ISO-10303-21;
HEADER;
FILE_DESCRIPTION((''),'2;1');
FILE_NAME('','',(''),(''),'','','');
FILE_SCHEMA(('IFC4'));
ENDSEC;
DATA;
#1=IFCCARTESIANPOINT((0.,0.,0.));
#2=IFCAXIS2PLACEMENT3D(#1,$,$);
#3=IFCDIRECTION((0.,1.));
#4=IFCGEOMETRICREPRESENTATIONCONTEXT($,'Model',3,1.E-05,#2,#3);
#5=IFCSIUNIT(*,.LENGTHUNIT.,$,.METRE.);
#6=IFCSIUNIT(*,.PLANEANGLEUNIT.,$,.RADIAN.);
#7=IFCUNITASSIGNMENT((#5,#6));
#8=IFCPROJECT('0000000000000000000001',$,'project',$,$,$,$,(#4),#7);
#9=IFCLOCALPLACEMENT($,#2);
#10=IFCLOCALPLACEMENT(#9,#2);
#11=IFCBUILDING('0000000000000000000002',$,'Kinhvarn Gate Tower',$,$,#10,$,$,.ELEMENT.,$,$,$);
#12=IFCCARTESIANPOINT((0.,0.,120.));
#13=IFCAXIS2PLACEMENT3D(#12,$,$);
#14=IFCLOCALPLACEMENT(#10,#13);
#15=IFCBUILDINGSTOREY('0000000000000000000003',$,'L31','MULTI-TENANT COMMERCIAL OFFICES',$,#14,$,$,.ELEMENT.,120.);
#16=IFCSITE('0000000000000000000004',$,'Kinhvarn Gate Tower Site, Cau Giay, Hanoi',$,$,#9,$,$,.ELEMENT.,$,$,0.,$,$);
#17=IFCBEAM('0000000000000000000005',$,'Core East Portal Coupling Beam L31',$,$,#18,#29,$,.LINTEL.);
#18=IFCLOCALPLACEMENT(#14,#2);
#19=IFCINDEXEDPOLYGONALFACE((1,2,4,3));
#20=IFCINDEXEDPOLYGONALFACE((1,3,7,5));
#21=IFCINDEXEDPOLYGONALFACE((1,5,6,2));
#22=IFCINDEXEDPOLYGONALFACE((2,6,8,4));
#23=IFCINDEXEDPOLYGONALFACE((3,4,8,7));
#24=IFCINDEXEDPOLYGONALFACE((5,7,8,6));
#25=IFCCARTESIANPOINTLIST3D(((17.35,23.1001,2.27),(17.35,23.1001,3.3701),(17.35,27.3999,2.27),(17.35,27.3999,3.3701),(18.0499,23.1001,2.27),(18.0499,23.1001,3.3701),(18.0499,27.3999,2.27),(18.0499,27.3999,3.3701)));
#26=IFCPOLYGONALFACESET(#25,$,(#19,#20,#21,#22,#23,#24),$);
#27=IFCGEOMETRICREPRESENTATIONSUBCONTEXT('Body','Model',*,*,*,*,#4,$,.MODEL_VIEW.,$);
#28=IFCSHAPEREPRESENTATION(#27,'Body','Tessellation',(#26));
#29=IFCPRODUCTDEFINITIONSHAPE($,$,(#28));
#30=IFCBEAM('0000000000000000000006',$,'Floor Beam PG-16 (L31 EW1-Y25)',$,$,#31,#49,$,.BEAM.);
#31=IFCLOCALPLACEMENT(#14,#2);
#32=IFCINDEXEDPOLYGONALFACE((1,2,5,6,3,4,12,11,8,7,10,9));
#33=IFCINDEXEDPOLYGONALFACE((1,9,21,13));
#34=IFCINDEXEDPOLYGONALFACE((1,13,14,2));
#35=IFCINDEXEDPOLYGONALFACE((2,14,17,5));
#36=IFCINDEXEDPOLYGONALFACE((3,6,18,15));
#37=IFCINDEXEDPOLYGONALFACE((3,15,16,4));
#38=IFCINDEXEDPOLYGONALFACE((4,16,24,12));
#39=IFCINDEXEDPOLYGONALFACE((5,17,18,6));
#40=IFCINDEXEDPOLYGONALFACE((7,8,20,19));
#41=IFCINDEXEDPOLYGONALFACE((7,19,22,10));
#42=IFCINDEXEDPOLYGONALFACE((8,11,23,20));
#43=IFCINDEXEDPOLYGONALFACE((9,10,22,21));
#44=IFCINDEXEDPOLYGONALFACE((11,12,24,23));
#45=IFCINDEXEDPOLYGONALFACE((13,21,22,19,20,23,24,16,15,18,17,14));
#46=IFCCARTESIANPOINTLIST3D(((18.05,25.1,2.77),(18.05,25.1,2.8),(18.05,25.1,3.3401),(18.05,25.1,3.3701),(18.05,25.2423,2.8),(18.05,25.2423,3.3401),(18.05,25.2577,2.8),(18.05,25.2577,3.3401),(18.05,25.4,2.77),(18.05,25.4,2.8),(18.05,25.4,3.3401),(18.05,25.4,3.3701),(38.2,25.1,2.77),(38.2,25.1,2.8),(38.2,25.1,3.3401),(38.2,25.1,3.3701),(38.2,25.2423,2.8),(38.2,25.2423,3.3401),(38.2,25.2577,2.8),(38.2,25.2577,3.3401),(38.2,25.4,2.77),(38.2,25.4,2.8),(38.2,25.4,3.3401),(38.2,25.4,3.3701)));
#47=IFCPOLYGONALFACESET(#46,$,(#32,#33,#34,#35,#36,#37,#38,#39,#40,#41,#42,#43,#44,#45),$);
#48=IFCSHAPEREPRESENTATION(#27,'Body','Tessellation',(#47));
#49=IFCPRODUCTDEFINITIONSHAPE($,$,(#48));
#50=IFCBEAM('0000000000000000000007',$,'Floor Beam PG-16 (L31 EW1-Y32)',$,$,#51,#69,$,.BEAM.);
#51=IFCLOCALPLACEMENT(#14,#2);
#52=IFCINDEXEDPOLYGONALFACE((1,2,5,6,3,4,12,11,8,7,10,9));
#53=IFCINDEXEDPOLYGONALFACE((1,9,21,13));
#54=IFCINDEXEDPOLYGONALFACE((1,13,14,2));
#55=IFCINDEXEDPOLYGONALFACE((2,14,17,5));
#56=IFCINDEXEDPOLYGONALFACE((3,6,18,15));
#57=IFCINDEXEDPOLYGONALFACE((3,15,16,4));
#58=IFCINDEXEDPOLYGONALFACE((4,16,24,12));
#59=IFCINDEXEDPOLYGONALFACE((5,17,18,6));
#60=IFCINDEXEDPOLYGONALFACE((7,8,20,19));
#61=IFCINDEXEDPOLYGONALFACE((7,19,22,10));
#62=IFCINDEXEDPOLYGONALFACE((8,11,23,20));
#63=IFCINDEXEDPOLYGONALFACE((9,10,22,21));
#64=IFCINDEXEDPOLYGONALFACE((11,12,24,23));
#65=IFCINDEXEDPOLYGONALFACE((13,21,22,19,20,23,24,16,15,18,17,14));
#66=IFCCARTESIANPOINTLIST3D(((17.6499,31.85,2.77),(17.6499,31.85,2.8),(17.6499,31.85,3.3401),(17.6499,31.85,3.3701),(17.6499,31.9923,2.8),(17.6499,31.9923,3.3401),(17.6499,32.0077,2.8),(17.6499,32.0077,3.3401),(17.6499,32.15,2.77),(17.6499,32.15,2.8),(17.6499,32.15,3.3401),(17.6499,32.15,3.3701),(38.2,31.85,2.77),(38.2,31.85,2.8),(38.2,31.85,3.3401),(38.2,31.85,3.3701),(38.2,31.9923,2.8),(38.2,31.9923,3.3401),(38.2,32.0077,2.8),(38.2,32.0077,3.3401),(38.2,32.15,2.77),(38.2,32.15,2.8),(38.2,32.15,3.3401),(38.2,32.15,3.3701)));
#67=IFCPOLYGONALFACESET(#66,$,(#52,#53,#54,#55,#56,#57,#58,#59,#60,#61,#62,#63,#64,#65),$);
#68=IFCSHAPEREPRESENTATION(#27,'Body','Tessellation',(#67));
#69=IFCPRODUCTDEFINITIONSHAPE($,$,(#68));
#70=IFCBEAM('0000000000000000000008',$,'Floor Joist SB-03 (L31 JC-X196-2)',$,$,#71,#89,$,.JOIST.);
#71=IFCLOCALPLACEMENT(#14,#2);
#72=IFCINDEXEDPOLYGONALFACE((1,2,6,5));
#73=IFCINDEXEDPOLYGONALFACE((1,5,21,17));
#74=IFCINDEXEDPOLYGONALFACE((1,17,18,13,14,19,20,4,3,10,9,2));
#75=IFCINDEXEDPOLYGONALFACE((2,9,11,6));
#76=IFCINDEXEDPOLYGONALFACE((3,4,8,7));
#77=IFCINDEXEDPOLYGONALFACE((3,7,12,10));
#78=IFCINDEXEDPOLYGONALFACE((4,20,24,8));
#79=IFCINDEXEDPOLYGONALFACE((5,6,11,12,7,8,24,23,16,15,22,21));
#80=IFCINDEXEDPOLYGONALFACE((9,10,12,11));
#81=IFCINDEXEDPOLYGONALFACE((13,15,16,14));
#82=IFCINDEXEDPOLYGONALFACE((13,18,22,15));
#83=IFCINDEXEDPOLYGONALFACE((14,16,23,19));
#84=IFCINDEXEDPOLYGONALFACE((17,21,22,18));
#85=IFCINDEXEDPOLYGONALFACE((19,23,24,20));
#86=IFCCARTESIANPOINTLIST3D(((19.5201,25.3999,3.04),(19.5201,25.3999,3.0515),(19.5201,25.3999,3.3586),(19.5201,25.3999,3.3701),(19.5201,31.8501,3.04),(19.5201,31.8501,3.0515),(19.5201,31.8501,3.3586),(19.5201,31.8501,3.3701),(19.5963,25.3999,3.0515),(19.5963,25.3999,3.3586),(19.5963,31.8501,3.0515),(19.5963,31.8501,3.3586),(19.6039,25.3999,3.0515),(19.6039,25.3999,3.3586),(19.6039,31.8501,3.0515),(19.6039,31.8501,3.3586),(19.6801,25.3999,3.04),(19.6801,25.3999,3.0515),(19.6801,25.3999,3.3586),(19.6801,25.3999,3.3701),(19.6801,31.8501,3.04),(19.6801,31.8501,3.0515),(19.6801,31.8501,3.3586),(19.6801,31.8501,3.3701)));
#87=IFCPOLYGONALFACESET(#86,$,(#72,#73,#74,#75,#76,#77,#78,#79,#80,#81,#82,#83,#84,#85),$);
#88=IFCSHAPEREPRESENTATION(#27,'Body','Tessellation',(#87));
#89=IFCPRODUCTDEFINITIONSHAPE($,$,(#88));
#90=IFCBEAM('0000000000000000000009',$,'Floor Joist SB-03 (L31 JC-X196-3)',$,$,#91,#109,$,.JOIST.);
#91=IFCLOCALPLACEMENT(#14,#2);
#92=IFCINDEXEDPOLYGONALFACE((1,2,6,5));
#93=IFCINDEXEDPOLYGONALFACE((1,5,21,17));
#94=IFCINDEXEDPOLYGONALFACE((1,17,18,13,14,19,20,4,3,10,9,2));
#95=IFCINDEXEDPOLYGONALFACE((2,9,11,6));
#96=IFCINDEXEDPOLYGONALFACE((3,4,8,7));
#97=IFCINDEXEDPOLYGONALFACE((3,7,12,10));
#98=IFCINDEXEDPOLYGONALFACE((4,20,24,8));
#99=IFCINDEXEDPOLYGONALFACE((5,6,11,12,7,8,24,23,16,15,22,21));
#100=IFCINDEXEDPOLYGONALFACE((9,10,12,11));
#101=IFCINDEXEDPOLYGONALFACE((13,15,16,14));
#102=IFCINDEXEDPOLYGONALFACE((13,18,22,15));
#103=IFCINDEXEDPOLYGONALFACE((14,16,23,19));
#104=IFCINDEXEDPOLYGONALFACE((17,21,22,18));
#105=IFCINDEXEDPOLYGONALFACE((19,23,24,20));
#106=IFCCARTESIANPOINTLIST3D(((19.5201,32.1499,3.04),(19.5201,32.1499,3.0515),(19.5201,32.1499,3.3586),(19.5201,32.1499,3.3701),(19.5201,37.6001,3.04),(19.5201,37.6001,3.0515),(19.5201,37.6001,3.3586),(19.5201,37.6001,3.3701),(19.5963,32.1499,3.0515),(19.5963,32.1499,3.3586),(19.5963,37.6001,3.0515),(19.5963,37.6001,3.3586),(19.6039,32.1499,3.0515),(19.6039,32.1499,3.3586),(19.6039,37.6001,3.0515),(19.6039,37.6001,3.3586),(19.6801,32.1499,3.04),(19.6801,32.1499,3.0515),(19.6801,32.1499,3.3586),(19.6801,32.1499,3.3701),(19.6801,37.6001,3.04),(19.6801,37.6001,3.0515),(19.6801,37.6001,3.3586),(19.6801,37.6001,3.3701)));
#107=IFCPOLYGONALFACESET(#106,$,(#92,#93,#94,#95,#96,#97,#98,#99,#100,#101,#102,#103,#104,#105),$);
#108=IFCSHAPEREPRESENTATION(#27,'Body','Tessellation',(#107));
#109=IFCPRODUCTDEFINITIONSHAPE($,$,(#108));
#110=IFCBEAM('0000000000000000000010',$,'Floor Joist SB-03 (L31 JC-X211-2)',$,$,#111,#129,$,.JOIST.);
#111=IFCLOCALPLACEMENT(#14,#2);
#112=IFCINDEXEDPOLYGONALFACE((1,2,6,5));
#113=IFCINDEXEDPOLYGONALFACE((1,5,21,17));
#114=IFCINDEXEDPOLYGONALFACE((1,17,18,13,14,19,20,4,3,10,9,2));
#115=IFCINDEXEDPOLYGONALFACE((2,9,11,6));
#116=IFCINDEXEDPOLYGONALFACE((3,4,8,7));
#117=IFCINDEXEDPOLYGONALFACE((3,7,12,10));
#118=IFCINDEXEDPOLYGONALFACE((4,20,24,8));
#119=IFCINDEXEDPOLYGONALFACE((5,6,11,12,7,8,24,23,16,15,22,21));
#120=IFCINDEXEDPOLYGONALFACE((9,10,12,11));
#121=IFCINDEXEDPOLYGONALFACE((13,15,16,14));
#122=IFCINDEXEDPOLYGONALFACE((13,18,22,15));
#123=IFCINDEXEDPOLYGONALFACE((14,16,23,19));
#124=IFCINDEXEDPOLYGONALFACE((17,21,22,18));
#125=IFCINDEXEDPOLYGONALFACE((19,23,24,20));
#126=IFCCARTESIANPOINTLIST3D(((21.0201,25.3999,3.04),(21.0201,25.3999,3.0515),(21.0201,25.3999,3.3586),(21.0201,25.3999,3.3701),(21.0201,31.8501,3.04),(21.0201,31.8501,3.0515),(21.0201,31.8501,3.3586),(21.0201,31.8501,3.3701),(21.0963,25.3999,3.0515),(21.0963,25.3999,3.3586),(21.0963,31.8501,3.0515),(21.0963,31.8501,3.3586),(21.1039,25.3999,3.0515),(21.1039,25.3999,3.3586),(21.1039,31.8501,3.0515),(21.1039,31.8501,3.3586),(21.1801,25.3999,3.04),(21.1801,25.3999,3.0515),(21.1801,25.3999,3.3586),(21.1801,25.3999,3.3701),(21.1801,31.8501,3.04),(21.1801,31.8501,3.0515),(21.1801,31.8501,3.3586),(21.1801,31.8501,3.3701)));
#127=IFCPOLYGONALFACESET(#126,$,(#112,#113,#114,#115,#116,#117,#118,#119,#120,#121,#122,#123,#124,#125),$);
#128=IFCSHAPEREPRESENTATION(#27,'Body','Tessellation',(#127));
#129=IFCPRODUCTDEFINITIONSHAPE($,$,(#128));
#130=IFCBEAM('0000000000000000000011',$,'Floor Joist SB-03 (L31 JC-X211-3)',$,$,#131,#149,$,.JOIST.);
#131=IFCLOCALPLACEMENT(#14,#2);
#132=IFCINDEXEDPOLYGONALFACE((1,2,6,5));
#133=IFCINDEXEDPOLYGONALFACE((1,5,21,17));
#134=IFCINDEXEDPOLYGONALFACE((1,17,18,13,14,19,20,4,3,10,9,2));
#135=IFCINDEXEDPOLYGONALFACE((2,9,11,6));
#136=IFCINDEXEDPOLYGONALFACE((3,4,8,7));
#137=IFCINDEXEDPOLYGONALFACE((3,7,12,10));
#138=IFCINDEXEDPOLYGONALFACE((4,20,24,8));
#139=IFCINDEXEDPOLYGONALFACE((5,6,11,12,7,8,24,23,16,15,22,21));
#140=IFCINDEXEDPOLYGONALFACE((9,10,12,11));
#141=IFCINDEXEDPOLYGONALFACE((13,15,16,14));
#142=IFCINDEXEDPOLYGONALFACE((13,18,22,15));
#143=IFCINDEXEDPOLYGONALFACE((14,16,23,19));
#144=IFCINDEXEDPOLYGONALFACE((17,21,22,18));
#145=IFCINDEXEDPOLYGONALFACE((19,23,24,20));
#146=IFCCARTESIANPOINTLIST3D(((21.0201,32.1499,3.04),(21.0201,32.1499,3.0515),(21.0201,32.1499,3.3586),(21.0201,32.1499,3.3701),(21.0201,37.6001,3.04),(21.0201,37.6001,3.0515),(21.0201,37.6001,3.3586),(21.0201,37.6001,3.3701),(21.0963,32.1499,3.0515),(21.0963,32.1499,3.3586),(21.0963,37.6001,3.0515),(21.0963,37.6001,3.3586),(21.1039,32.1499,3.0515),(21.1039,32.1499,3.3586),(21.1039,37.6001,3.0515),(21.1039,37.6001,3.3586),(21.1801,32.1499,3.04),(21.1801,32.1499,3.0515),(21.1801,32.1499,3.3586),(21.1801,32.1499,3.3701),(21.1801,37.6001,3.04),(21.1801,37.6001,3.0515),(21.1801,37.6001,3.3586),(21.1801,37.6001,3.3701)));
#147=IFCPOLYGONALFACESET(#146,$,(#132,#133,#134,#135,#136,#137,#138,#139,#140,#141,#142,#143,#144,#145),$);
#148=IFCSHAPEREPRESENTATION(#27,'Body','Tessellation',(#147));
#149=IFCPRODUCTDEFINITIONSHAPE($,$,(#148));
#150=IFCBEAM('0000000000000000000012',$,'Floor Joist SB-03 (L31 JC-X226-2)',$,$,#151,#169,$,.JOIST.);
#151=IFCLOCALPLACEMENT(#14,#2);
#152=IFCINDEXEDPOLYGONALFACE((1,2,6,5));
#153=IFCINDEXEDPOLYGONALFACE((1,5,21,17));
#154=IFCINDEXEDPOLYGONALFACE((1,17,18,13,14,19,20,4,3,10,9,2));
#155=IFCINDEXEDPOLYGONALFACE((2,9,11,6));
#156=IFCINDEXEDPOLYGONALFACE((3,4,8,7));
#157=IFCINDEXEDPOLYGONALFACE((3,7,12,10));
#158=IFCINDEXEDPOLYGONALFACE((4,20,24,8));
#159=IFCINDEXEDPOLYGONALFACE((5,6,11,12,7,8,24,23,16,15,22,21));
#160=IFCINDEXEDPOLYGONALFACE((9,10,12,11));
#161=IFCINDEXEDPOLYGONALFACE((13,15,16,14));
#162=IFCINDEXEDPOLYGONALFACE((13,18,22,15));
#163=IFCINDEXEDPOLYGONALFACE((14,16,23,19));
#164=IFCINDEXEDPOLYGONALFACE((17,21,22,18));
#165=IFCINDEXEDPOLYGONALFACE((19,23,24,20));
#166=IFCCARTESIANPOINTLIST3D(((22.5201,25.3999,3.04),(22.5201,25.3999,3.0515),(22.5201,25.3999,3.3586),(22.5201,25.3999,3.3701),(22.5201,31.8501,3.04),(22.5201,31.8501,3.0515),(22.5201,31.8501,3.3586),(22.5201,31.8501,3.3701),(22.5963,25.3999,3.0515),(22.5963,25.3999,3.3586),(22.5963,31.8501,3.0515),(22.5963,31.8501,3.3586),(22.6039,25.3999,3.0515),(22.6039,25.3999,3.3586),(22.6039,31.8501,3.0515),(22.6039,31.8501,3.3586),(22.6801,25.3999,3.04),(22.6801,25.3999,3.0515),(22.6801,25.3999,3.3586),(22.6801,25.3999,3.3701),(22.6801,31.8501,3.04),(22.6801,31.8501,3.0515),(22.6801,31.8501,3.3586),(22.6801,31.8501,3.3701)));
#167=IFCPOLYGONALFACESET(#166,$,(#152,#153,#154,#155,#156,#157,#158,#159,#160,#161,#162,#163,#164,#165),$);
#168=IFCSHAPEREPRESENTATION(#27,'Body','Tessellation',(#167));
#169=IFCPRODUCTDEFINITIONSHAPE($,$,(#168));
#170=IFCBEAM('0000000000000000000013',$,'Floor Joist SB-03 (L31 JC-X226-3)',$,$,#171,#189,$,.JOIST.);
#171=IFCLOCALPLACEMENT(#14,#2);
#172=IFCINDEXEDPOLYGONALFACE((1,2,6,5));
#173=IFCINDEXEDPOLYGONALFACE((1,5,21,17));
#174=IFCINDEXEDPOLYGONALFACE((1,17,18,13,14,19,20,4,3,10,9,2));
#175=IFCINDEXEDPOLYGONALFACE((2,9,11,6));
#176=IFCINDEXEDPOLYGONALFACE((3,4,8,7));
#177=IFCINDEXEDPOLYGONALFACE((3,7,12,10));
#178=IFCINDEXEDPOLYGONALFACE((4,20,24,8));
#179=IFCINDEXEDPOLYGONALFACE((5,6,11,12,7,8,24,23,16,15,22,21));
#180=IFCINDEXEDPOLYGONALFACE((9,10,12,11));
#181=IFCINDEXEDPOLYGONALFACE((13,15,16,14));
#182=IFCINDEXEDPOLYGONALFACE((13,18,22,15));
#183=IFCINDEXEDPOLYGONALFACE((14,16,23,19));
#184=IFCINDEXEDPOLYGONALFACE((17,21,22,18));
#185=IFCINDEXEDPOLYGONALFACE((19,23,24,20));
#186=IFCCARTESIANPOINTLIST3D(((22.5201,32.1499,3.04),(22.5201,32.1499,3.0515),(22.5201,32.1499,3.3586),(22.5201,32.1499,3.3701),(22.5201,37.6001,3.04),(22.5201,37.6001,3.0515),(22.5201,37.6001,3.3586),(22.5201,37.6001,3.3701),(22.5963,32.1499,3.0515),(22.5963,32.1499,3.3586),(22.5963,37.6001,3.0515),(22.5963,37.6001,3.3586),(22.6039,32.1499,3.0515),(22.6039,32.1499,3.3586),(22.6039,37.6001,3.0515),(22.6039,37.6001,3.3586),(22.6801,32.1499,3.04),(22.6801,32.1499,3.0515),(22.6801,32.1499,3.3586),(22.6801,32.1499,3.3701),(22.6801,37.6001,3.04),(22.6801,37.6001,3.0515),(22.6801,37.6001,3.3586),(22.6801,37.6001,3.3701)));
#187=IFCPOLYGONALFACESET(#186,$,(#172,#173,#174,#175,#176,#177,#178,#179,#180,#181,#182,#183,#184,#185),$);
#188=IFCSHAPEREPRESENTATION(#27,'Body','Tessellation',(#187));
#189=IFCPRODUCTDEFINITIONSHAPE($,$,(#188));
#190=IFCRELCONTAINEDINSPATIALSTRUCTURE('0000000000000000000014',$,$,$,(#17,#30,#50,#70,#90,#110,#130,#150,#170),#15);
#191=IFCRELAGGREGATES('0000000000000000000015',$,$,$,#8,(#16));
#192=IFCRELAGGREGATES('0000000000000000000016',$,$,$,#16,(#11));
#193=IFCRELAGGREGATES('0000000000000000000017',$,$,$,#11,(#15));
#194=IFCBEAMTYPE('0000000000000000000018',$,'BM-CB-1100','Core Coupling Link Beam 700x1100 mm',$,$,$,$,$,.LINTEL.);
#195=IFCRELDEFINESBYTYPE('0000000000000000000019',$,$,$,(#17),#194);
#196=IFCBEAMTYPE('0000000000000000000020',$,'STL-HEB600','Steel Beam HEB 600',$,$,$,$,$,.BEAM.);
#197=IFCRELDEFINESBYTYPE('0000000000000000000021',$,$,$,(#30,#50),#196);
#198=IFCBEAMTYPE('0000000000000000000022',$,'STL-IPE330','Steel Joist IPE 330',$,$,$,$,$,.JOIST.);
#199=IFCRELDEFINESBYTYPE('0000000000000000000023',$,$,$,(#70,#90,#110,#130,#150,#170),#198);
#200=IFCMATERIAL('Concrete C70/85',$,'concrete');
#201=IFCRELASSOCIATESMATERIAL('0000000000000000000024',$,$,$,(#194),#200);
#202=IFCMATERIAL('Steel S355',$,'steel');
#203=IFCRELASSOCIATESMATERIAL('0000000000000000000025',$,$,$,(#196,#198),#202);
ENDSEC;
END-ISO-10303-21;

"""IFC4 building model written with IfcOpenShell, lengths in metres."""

from ifc_helpers import new_model, si_unit, direction, frame, origin, origin_2d, place, context, subcontext, project, spatial, rectangle, i_section, extrude, material, material_profile, profile_set, type_object, element, save


model = new_model("IFC4")

# Units and contexts
model_context = context("Model", 3, precision=1e-05, world=origin(), true_north=direction((0.0, 1.0)))
body_context = subcontext(model_context, "Body", "Model", "MODEL_VIEW")
ifc_project = project(units=[si_unit("LENGTHUNIT", "METRE"), si_unit("PLANEANGLEUNIT", "RADIAN")], contexts=[model_context])

# Site, building, storey
site_placement = place(None, origin())
site = spatial("IfcSite", under=ifc_project, at=site_placement, Name="Kinhvarn Gate Tower Site, Cau Giay, Hanoi", CompositionType="ELEMENT", RefElevation=0.0)
building_placement = place(site_placement, origin())
building = spatial("IfcBuilding", under=site, at=building_placement, Name="Kinhvarn Gate Tower", CompositionType="ELEMENT")
storey_placement = place(building_placement, frame((0.0, 0.0, 120.0)))
storey = spatial("IfcBuildingStorey", under=building, at=storey_placement, Name="L31", Description="MULTI-TENANT COMMERCIAL OFFICES", CompositionType="ELEMENT", Elevation=120.0)

# Beams
ifc_material_1 = material(Name="Concrete C70/85", Category="concrete")
ifc_material_profile_1 = material_profile(ifc_material_1, rectangle(XDim=0.7, YDim=1.1001, at=origin_2d()), Name="RC 700x1100")
ifc_profile_set_1 = profile_set([ifc_material_profile_1], Name="Concrete C70/85")
beam_type_1 = type_object("IfcBeamType", Name="BM-CB-1100", Description="Core Coupling Link Beam 700x1100 mm", PredefinedType="LINTEL", material=ifc_profile_set_1)
beam_1_placement = place(storey_placement, frame((17.7, 23.1001, 2.8201), z_axis=(0.0, 1.0, 0.0), x_axis=(-1.0, 0.0, 0.0)))
element("IfcBeam", 1, at=beam_1_placement, inside=storey, type_object=beam_type_1, Name="Core East Portal Coupling Beam L31", PredefinedType="LINTEL", context=body_context, shape_type="SweptSolid", body=[
    extrude(rectangle(XDim=0.7, YDim=1.1001, at=origin_2d()), origin(), (0.0, 0.0, 1.0), 4.2998),
])
ifc_material_2 = material(Name="Steel S355", Category="steel")
ifc_material_profile_2 = material_profile(ifc_material_2, i_section(OverallWidth=0.3, OverallDepth=0.6001, WebThickness=0.0154, FlangeThickness=0.03, at=origin_2d()), Name="HEB 600")
ifc_profile_set_2 = profile_set([ifc_material_profile_2], Name="Steel S355")
beam_type_2 = type_object("IfcBeamType", Name="STL-HEB600", Description="Steel Beam HEB 600", PredefinedType="BEAM", material=ifc_profile_set_2)
beam_2_placement = place(storey_placement, frame((18.05, 25.25, 3.0701), z_axis=(1.0, 0.0, 0.0), x_axis=(0.0, 1.0, 0.0)))
element("IfcBeam", 2, at=beam_2_placement, inside=storey, type_object=beam_type_2, Name="Floor Beam PG-16 (L31 EW1-Y25)", PredefinedType="BEAM", context=body_context, shape_type="SweptSolid", body=[
    extrude(i_section(OverallWidth=0.3, OverallDepth=0.6001, WebThickness=0.0154, FlangeThickness=0.03, at=origin_2d()), origin(), (0.0, 0.0, 1.0), 20.1499),
])
beam_3_placement = place(storey_placement, frame((17.6499, 32.0, 3.0701), z_axis=(1.0, 0.0, 0.0), x_axis=(0.0, 1.0, 0.0)))
element("IfcBeam", 3, at=beam_3_placement, inside=storey, type_object=beam_type_2, Name="Floor Beam PG-16 (L31 EW1-Y32)", PredefinedType="BEAM", context=body_context, shape_type="SweptSolid", body=[
    extrude(i_section(OverallWidth=0.3, OverallDepth=0.6001, WebThickness=0.0154, FlangeThickness=0.03, at=origin_2d()), origin(), (0.0, 0.0, 1.0), 20.55),
])
ifc_material_profile_3 = material_profile(ifc_material_2, i_section(OverallWidth=0.1599, OverallDepth=0.3301, WebThickness=0.0076, FlangeThickness=0.0115, at=origin_2d()), Name="IPE 330")
ifc_profile_set_3 = profile_set([ifc_material_profile_3], Name="Steel S355")
beam_type_3 = type_object("IfcBeamType", Name="STL-IPE330", Description="Steel Joist IPE 330", PredefinedType="JOIST", material=ifc_profile_set_3)
beam_4_placement = place(storey_placement, frame((19.6001, 25.3999, 3.2051), z_axis=(0.0, 1.0, 0.0), x_axis=(-1.0, 0.0, 0.0)))
element("IfcBeam", 4, at=beam_4_placement, inside=storey, type_object=beam_type_3, Name="Floor Joist SB-03 (L31 JC-X196-2)", PredefinedType="JOIST", context=body_context, shape_type="SweptSolid", body=[
    extrude(i_section(OverallWidth=0.1599, OverallDepth=0.3301, WebThickness=0.0076, FlangeThickness=0.0115, at=origin_2d()), origin(), (0.0, 0.0, 1.0), 6.4502),
])
beam_5_placement = place(storey_placement, frame((19.6001, 32.1499, 3.2051), z_axis=(0.0, 1.0, 0.0), x_axis=(-1.0, 0.0, 0.0)))
element("IfcBeam", 5, at=beam_5_placement, inside=storey, type_object=beam_type_3, Name="Floor Joist SB-03 (L31 JC-X196-3)", PredefinedType="JOIST", context=body_context, shape_type="SweptSolid", body=[
    extrude(i_section(OverallWidth=0.1599, OverallDepth=0.3301, WebThickness=0.0076, FlangeThickness=0.0115, at=origin_2d()), origin(), (0.0, 0.0, 1.0), 5.4502),
])
beam_6_placement = place(storey_placement, frame((21.1001, 25.3999, 3.2051), z_axis=(0.0, 1.0, 0.0), x_axis=(-1.0, 0.0, 0.0)))
element("IfcBeam", 6, at=beam_6_placement, inside=storey, type_object=beam_type_3, Name="Floor Joist SB-03 (L31 JC-X211-2)", PredefinedType="JOIST", context=body_context, shape_type="SweptSolid", body=[
    extrude(i_section(OverallWidth=0.1599, OverallDepth=0.3301, WebThickness=0.0076, FlangeThickness=0.0115, at=origin_2d()), origin(), (0.0, 0.0, 1.0), 6.4502),
])
beam_7_placement = place(storey_placement, frame((21.1001, 32.1499, 3.2051), z_axis=(0.0, 1.0, 0.0), x_axis=(-1.0, 0.0, 0.0)))
element("IfcBeam", 7, at=beam_7_placement, inside=storey, type_object=beam_type_3, Name="Floor Joist SB-03 (L31 JC-X211-3)", PredefinedType="JOIST", context=body_context, shape_type="SweptSolid", body=[
    extrude(i_section(OverallWidth=0.1599, OverallDepth=0.3301, WebThickness=0.0076, FlangeThickness=0.0115, at=origin_2d()), origin(), (0.0, 0.0, 1.0), 5.4502),
])
beam_8_placement = place(storey_placement, frame((22.6001, 25.3999, 3.2051), z_axis=(0.0, 1.0, 0.0), x_axis=(-1.0, 0.0, 0.0)))
element("IfcBeam", 8, at=beam_8_placement, inside=storey, type_object=beam_type_3, Name="Floor Joist SB-03 (L31 JC-X226-2)", PredefinedType="JOIST", context=body_context, shape_type="SweptSolid", body=[
    extrude(i_section(OverallWidth=0.1599, OverallDepth=0.3301, WebThickness=0.0076, FlangeThickness=0.0115, at=origin_2d()), origin(), (0.0, 0.0, 1.0), 6.4502),
])
beam_9_placement = place(storey_placement, frame((22.6001, 32.1499, 3.2051), z_axis=(0.0, 1.0, 0.0), x_axis=(-1.0, 0.0, 0.0)))
element("IfcBeam", 9, at=beam_9_placement, inside=storey, type_object=beam_type_3, Name="Floor Joist SB-03 (L31 JC-X226-3)", PredefinedType="JOIST", context=body_context, shape_type="SweptSolid", body=[
    extrude(i_section(OverallWidth=0.1599, OverallDepth=0.3301, WebThickness=0.0076, FlangeThickness=0.0115, at=origin_2d()), origin(), (0.0, 0.0, 1.0), 5.4502),
])

save(model, "model.ifc")
